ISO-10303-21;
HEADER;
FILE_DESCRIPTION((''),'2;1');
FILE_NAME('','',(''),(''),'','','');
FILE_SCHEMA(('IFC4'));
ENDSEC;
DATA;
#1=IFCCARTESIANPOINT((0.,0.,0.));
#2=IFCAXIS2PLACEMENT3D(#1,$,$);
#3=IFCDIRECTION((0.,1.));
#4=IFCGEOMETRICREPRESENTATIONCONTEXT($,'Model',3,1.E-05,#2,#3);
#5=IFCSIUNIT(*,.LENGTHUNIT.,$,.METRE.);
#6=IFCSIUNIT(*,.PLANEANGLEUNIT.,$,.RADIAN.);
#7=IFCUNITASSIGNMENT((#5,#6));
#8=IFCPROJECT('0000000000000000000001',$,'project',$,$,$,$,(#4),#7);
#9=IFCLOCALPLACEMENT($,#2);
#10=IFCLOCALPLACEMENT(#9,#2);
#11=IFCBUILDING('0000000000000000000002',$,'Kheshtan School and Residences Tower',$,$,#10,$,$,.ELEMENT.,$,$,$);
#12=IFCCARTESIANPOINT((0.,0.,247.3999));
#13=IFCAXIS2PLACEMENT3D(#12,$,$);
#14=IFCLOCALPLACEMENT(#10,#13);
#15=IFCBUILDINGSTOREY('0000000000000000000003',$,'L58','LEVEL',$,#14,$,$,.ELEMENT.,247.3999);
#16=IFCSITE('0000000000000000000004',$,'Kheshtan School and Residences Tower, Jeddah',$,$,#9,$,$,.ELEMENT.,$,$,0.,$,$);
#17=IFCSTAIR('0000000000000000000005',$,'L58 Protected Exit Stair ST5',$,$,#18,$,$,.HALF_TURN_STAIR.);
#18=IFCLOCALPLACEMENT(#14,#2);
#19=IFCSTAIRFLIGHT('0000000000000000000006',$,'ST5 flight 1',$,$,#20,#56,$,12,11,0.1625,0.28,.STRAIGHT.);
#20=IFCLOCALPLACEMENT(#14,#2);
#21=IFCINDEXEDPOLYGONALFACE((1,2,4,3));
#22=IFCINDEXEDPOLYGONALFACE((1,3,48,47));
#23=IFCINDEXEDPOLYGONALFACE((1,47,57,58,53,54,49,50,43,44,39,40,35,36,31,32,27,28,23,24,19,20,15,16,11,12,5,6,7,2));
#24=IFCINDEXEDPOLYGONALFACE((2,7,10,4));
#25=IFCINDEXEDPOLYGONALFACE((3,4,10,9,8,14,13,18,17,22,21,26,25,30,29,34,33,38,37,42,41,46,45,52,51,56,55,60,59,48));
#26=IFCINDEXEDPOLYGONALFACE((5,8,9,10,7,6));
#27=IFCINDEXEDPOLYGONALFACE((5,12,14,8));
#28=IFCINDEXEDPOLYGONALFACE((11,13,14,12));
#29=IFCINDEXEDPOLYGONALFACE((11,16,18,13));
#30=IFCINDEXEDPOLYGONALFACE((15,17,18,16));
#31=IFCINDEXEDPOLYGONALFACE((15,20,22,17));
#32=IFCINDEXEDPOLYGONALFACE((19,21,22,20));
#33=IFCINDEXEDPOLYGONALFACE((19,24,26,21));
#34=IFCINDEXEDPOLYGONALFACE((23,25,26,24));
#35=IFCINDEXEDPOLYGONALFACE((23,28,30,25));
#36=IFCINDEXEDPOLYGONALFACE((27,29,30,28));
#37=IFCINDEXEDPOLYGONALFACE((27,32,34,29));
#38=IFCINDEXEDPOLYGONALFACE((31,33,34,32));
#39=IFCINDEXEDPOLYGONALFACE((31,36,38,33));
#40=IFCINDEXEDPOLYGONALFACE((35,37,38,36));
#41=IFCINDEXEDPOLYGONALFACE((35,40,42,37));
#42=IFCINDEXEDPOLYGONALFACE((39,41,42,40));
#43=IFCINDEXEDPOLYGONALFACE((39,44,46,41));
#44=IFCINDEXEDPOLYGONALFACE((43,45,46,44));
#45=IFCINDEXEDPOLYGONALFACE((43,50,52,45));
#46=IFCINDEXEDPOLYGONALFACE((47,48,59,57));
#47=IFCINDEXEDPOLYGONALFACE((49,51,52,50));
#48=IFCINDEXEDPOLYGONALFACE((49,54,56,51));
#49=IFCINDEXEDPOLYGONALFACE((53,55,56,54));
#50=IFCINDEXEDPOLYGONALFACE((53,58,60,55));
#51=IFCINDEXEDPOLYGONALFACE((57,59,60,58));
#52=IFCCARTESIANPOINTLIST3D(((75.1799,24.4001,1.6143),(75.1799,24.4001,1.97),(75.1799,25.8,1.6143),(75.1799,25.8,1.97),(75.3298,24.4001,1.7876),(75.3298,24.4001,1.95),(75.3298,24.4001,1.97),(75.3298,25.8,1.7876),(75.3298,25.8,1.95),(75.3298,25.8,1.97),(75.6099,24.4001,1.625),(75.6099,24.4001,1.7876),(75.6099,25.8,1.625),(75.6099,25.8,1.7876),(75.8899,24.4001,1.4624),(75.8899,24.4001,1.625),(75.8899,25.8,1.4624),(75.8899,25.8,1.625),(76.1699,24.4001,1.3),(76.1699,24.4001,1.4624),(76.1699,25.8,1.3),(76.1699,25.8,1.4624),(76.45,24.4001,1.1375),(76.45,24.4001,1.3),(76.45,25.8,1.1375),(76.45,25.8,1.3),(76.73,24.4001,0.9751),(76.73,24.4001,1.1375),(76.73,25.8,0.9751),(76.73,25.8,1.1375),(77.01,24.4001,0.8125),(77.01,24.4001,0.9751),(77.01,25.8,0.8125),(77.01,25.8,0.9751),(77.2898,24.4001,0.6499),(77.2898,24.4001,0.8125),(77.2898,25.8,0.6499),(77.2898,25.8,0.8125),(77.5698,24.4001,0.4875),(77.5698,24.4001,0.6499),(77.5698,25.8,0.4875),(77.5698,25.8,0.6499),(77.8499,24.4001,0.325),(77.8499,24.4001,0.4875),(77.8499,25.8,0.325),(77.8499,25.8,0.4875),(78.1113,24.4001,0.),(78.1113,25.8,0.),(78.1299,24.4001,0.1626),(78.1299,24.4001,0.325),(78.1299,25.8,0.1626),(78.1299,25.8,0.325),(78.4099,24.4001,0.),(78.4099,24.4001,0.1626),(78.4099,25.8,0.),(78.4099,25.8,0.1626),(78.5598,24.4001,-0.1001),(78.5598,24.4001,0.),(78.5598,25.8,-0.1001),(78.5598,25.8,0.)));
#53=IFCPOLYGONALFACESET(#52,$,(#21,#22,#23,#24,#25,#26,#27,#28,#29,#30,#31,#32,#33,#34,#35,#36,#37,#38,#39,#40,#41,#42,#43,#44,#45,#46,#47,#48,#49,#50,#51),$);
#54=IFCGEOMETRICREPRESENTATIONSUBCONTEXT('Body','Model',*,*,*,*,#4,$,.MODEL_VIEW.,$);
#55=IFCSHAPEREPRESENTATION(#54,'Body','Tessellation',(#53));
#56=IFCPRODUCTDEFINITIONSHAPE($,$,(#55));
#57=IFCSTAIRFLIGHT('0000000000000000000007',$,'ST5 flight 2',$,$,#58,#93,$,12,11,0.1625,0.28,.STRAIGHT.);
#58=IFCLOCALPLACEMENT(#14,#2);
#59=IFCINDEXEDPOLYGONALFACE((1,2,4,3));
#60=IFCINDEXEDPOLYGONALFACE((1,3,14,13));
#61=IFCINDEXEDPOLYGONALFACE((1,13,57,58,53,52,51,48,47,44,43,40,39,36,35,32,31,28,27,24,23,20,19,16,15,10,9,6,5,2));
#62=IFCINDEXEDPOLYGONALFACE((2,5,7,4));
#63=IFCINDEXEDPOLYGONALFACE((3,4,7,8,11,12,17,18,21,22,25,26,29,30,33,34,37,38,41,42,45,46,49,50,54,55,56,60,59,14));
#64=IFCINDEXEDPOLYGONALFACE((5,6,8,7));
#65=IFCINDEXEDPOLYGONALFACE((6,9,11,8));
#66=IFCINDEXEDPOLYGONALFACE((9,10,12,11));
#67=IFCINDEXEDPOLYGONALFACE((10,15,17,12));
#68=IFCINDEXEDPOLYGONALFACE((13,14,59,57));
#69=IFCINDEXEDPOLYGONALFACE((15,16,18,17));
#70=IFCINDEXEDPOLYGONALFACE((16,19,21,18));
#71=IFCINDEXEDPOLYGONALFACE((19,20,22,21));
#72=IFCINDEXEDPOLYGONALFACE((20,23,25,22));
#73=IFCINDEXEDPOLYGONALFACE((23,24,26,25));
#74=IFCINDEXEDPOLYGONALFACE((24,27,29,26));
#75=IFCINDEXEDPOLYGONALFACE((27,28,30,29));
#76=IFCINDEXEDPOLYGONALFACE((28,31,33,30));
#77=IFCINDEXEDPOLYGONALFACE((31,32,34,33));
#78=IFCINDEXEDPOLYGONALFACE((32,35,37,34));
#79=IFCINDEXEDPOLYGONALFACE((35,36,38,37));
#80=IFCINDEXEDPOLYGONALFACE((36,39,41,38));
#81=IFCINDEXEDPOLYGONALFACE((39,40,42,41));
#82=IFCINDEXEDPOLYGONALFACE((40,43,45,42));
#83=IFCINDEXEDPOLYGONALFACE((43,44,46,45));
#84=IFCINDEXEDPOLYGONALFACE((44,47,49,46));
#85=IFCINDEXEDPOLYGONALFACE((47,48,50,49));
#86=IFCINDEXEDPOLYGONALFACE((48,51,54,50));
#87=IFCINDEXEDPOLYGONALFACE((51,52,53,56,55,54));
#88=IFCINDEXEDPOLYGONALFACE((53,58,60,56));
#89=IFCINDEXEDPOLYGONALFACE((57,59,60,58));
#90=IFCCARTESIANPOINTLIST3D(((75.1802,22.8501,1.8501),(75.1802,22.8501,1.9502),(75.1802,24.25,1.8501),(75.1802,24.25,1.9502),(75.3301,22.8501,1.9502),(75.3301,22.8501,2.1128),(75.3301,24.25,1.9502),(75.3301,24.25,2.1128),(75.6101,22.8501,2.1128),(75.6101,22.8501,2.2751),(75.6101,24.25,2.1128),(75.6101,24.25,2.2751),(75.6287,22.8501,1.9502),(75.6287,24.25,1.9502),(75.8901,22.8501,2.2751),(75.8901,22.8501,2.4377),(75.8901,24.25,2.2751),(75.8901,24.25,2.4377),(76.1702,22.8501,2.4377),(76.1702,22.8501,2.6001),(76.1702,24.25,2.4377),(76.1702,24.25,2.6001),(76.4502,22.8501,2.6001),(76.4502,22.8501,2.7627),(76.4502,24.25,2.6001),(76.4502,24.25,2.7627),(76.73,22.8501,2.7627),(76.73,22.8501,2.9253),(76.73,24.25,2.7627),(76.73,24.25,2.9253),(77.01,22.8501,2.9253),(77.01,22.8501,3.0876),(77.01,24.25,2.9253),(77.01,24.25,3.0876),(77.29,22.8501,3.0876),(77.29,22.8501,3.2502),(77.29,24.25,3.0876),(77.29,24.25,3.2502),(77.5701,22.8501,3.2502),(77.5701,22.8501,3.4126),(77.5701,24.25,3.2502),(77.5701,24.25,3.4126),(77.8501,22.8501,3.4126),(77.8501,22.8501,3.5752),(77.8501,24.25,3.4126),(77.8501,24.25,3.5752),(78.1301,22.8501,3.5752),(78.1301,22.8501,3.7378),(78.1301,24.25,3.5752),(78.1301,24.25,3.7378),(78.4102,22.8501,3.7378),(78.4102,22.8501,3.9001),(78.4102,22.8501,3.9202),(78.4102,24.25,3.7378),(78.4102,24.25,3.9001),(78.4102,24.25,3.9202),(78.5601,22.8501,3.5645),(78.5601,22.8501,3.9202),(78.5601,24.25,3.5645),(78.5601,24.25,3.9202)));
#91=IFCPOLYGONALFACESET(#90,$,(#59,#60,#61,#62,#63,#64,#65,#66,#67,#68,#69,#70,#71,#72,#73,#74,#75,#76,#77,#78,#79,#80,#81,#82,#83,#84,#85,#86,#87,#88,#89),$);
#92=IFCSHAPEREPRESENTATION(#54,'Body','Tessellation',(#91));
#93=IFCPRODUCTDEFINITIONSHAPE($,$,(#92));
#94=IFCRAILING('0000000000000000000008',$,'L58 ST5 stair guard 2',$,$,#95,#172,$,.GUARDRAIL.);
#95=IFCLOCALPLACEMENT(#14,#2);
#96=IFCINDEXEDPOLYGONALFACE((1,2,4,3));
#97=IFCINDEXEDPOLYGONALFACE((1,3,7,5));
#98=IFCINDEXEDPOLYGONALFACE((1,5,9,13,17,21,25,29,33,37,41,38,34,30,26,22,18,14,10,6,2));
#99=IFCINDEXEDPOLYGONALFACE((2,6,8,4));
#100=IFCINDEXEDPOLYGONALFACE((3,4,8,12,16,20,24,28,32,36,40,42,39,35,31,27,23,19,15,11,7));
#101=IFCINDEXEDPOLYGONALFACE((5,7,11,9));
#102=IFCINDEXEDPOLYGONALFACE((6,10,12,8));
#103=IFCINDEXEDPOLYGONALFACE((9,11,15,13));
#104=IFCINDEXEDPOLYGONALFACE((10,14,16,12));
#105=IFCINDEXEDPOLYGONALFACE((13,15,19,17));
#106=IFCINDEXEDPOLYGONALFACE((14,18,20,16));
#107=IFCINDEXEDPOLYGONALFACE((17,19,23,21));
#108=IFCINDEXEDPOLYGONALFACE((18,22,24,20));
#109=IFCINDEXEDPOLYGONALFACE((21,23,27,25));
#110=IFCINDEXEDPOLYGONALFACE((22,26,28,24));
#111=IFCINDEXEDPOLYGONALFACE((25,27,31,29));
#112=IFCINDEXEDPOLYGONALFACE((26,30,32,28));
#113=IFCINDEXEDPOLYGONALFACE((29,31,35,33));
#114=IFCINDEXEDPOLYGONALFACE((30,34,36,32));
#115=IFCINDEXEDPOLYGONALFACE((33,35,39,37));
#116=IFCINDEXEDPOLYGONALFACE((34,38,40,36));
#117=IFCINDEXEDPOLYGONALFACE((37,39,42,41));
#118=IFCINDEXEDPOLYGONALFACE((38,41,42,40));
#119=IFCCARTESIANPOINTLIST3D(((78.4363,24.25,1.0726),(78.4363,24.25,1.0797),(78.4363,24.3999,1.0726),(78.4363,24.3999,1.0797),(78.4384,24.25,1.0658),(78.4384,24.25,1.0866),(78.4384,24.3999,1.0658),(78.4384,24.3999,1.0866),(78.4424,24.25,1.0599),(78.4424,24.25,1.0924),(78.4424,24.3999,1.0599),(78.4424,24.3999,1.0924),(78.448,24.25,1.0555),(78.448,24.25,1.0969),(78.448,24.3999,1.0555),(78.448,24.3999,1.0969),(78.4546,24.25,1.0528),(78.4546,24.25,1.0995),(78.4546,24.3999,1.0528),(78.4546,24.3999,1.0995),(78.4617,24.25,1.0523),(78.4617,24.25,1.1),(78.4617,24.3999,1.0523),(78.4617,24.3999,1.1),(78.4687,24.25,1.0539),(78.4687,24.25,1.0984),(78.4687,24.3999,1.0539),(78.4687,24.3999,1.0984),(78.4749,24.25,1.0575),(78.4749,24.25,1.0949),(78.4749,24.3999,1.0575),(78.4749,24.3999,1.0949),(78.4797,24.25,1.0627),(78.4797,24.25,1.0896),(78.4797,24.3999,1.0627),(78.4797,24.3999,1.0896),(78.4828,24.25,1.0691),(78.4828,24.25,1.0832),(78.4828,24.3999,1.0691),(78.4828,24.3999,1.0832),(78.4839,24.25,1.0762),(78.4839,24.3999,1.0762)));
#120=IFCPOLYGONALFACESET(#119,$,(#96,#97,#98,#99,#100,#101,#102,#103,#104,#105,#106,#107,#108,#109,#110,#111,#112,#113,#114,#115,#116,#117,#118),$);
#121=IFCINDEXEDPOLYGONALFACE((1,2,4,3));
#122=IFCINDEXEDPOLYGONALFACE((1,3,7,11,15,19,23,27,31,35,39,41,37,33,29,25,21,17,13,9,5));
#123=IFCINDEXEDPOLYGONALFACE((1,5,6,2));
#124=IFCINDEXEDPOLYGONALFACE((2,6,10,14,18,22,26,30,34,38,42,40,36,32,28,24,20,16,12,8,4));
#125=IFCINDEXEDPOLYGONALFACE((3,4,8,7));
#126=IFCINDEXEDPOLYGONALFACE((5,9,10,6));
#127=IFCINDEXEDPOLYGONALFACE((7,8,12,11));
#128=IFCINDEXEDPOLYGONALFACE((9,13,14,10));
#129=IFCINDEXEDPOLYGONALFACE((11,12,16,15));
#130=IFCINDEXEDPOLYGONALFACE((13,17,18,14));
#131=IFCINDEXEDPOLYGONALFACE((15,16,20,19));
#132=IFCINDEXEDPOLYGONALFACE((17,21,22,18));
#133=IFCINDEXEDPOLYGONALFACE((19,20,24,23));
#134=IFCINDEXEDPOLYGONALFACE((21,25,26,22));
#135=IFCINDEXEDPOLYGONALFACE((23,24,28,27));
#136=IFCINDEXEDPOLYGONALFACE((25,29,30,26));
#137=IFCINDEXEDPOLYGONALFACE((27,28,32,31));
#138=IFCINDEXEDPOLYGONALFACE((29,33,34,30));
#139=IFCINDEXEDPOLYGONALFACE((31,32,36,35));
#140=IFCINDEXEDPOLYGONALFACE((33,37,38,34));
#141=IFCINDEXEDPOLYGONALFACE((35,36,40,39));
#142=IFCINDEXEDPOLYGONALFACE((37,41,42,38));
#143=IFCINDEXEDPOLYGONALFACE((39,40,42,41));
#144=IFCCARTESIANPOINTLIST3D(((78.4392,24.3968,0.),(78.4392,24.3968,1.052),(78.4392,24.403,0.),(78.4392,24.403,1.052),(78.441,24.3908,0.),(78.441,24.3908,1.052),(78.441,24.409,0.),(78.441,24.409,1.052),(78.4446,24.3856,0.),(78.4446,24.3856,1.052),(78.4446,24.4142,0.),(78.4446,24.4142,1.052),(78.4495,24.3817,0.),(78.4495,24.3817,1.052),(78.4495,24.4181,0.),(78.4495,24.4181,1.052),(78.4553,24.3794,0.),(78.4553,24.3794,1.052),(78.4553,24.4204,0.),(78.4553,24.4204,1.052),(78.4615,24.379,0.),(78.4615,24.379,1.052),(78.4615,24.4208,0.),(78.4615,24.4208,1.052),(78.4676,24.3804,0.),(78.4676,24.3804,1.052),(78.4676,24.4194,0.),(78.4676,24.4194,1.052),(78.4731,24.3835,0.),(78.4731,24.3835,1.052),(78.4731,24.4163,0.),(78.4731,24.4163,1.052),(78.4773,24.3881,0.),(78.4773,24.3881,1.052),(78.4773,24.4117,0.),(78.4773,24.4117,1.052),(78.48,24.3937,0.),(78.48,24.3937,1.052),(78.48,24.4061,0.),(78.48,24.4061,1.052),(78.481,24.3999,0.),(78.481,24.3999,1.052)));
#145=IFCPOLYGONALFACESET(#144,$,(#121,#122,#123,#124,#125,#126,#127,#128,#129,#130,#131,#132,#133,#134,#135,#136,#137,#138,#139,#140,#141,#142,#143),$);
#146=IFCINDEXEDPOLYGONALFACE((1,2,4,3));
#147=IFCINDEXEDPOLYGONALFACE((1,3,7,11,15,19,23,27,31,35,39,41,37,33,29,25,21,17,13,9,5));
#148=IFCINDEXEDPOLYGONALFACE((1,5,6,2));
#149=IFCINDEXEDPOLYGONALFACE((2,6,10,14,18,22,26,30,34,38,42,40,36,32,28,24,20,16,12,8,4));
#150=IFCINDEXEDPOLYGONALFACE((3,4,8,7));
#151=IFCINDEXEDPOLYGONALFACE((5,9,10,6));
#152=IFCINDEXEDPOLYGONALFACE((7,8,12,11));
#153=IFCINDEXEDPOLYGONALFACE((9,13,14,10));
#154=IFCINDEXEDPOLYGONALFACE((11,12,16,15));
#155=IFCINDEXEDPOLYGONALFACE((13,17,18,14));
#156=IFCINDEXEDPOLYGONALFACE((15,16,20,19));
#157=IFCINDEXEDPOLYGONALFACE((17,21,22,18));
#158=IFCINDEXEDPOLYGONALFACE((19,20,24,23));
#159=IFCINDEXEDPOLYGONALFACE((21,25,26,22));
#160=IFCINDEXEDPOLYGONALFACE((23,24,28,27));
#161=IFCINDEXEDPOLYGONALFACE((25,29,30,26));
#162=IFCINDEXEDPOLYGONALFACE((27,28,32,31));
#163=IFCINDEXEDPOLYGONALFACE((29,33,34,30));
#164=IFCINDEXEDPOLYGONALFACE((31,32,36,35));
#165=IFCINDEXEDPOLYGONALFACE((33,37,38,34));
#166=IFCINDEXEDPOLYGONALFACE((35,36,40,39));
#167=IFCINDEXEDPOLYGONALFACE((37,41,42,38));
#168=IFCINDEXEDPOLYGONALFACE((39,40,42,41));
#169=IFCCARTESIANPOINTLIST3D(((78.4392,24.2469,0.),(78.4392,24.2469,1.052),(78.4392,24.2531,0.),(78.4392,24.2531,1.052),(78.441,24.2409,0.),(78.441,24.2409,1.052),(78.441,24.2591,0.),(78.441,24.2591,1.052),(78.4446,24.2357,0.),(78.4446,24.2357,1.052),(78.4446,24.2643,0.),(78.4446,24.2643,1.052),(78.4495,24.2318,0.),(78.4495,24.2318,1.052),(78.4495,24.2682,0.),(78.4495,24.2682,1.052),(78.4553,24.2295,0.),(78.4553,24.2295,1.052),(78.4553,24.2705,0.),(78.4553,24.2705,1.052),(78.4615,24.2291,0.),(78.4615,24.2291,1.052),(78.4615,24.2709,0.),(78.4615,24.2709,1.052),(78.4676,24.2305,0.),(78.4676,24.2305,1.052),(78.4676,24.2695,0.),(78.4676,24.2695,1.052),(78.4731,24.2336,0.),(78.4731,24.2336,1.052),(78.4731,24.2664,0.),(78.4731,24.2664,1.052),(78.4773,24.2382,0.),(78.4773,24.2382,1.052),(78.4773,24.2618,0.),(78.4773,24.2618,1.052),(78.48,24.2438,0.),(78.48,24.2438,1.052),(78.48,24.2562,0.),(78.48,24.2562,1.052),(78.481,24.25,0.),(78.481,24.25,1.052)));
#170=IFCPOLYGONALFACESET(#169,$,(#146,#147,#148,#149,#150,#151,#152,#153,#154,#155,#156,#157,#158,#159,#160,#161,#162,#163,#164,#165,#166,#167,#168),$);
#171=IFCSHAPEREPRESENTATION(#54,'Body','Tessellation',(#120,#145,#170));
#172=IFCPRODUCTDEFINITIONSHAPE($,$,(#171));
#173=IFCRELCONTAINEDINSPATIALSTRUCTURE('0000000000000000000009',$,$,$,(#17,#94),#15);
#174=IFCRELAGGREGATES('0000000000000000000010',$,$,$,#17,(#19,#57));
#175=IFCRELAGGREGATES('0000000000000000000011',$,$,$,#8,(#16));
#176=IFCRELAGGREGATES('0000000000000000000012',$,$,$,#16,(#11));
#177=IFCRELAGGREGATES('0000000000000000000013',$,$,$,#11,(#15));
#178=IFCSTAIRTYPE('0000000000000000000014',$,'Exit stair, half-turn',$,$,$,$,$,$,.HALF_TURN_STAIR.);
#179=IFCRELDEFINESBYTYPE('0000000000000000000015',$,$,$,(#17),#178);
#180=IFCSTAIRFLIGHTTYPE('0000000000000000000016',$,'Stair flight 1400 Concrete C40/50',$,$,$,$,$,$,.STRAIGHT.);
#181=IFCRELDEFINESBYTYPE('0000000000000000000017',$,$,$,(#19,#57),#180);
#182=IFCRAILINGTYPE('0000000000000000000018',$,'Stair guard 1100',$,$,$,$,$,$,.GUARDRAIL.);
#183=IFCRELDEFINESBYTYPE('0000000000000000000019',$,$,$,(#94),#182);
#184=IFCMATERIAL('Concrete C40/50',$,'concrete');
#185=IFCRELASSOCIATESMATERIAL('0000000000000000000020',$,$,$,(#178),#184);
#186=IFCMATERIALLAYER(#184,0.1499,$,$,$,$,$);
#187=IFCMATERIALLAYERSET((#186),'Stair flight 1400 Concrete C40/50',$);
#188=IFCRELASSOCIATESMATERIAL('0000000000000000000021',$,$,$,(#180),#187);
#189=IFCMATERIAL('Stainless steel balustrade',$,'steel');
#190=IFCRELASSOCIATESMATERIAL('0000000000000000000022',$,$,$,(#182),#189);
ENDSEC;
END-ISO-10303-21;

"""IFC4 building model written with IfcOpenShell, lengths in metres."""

from ifc_helpers import new_model, si_unit, direction, frame, origin, origin_2d, place, context, subcontext, project, spatial, polyline, circle, outline, extrude, material, layer, layer_set, type_object, element, aggregate, save


model = new_model("IFC4")

# Units and contexts
model_context = context("Model", 3, precision=1e-05, world=origin(), true_north=direction((0.0, 1.0)))
body_context = subcontext(model_context, "Body", "Model", "MODEL_VIEW")
ifc_project = project(units=[si_unit("LENGTHUNIT", "METRE"), si_unit("PLANEANGLEUNIT", "RADIAN")], contexts=[model_context])

# Site, building, storey
site_placement = place(None, origin())
site = spatial("IfcSite", under=ifc_project, at=site_placement, Name="Kheshtan School and Residences Tower, Jeddah", CompositionType="ELEMENT", RefElevation=0.0)
building_placement = place(site_placement, origin())
building = spatial("IfcBuilding", under=site, at=building_placement, Name="Kheshtan School and Residences Tower", CompositionType="ELEMENT")
storey_placement = place(building_placement, frame((0.0, 0.0, 247.3999)))
storey = spatial("IfcBuildingStorey", under=building, at=storey_placement, Name="L58", Description="LEVEL", CompositionType="ELEMENT", Elevation=247.3999)

# Shared definitions
ifc_material_1 = material(Name="Concrete C40/50", Category="concrete")

# Stair, stair flights
stair_type = type_object("IfcStairType", Name="Exit stair, half-turn", PredefinedType="HALF_TURN_STAIR", material=ifc_material_1)
stair_placement = place(storey_placement, origin())
stair = element("IfcStair", 1, at=stair_placement, inside=storey, type_object=stair_type, Name="L58 Protected Exit Stair ST5", PredefinedType="HALF_TURN_STAIR")
ifc_layer_1 = layer(ifc_material_1, 0.1499)
ifc_layer_set_1 = layer_set([ifc_layer_1], Name="Stair flight 1400 Concrete C40/50")
stair_flight_type = type_object("IfcStairFlightType", Name="Stair flight 1400 Concrete C40/50", PredefinedType="STRAIGHT", material=ifc_layer_set_1)
stair_flight_1_placement = place(storey_placement, frame((78.4099, 25.1001, 0.0), z_axis=(0.0, 0.0, 1.0), x_axis=(-1.0, 0.0, 0.0)))
stair_flight_1 = element("IfcStairFlight", 2, at=stair_flight_1_placement, type_object=stair_flight_type, Name="ST5 flight 1", NumberOfRisers=12, NumberOfTreads=11, PredefinedType="STRAIGHT", RiserHeight=0.1625, TreadLength=0.28, context=body_context, shape_type="SweptSolid", body=[
    extrude(outline(polyline([(-0.1499, -0.1001), (-0.1499, 0.0), (0.0, 0.0), (0.0, 0.1626), (0.28, 0.1626), (0.28, 0.325), (0.5601, 0.325), (0.5601, 0.4875), (0.8401, 0.4875), (0.8401, 0.6499), (1.1201, 0.6499), (1.1201, 0.8125), (1.3999, 0.8125), (1.3999, 0.9751), (1.6799, 0.9751), (1.6799, 1.1375), (1.96, 1.1375), (1.96, 1.3), (2.24, 1.3), (2.24, 1.4624), (2.52, 1.4624), (2.52, 1.625), (2.8, 1.625), (2.8, 1.7876), (3.0801, 1.7876), (3.0801, 1.95), (3.0801, 1.97), (3.23, 1.97), (3.23, 1.6143), (0.2986, 0.0), (-0.1499, -0.1001)])), frame((0.0, 0.7, 0.0), z_axis=(0.0, -1.0, 0.0), x_axis=(1.0, 0.0, 0.0)), (0.0, 0.0, 1.0), 1.3999),
])
stair_flight_2_placement = place(storey_placement, frame((75.3301, 23.55, 1.9502), z_axis=(0.0, 0.0, 1.0), x_axis=(1.0, 0.0, 0.0)))
stair_flight_2 = element("IfcStairFlight", 3, at=stair_flight_2_placement, type_object=stair_flight_type, Name="ST5 flight 2", NumberOfRisers=12, NumberOfTreads=11, PredefinedType="STRAIGHT", RiserHeight=0.1625, TreadLength=0.28, context=body_context, shape_type="SweptSolid", body=[
    extrude(outline(polyline([(-0.1499, -0.1001), (-0.1499, 0.0), (0.0, 0.0), (0.0, 0.1626), (0.28, 0.1626), (0.28, 0.325), (0.5601, 0.325), (0.5601, 0.4875), (0.8401, 0.4875), (0.8401, 0.6499), (1.1201, 0.6499), (1.1201, 0.8125), (1.3999, 0.8125), (1.3999, 0.9751), (1.6799, 0.9751), (1.6799, 1.1375), (1.96, 1.1375), (1.96, 1.3), (2.24, 1.3), (2.24, 1.4624), (2.52, 1.4624), (2.52, 1.625), (2.8, 1.625), (2.8, 1.7876), (3.0801, 1.7876), (3.0801, 1.95), (3.0801, 1.97), (3.23, 1.97), (3.23, 1.6143), (0.2986, 0.0), (-0.1499, -0.1001)])), frame((0.0, 0.7, 0.0), z_axis=(0.0, -1.0, 0.0), x_axis=(1.0, 0.0, 0.0)), (0.0, 0.0, 1.0), 1.3999),
])
aggregate(stair, [stair_flight_1, stair_flight_2])

# Railing
ifc_material_2 = material(Name="Stainless steel balustrade", Category="steel")
railing_type_1 = type_object("IfcRailingType", Name="Stair guard 1100", PredefinedType="GUARDRAIL", material=ifc_material_2)
railing_1_placement = place(storey_placement, frame((78.46, 24.3999, 0.0)))
element("IfcRailing", 4, at=railing_1_placement, inside=storey, type_object=railing_type_1, Name="L58 ST5 stair guard 2", PredefinedType="GUARDRAIL", context=body_context, shape_type="SweptSolid", body=[
    extrude(circle(Radius=0.0239, at=origin_2d()), frame((0.0, 0.0, 1.0762), z_axis=(0.0, -1.0, 0.0), x_axis=(1.0, 0.0, 0.0)), (0.0, 0.0, 1.0), 0.1499),
    extrude(circle(Radius=0.021, at=origin_2d()), origin(), (0.0, 0.0, 1.0), 1.052),
    extrude(circle(Radius=0.021, at=origin_2d()), frame((0.0, -0.1499, 0.0)), (0.0, 0.0, 1.0), 1.052),
])

save(model, "model.ifc")
